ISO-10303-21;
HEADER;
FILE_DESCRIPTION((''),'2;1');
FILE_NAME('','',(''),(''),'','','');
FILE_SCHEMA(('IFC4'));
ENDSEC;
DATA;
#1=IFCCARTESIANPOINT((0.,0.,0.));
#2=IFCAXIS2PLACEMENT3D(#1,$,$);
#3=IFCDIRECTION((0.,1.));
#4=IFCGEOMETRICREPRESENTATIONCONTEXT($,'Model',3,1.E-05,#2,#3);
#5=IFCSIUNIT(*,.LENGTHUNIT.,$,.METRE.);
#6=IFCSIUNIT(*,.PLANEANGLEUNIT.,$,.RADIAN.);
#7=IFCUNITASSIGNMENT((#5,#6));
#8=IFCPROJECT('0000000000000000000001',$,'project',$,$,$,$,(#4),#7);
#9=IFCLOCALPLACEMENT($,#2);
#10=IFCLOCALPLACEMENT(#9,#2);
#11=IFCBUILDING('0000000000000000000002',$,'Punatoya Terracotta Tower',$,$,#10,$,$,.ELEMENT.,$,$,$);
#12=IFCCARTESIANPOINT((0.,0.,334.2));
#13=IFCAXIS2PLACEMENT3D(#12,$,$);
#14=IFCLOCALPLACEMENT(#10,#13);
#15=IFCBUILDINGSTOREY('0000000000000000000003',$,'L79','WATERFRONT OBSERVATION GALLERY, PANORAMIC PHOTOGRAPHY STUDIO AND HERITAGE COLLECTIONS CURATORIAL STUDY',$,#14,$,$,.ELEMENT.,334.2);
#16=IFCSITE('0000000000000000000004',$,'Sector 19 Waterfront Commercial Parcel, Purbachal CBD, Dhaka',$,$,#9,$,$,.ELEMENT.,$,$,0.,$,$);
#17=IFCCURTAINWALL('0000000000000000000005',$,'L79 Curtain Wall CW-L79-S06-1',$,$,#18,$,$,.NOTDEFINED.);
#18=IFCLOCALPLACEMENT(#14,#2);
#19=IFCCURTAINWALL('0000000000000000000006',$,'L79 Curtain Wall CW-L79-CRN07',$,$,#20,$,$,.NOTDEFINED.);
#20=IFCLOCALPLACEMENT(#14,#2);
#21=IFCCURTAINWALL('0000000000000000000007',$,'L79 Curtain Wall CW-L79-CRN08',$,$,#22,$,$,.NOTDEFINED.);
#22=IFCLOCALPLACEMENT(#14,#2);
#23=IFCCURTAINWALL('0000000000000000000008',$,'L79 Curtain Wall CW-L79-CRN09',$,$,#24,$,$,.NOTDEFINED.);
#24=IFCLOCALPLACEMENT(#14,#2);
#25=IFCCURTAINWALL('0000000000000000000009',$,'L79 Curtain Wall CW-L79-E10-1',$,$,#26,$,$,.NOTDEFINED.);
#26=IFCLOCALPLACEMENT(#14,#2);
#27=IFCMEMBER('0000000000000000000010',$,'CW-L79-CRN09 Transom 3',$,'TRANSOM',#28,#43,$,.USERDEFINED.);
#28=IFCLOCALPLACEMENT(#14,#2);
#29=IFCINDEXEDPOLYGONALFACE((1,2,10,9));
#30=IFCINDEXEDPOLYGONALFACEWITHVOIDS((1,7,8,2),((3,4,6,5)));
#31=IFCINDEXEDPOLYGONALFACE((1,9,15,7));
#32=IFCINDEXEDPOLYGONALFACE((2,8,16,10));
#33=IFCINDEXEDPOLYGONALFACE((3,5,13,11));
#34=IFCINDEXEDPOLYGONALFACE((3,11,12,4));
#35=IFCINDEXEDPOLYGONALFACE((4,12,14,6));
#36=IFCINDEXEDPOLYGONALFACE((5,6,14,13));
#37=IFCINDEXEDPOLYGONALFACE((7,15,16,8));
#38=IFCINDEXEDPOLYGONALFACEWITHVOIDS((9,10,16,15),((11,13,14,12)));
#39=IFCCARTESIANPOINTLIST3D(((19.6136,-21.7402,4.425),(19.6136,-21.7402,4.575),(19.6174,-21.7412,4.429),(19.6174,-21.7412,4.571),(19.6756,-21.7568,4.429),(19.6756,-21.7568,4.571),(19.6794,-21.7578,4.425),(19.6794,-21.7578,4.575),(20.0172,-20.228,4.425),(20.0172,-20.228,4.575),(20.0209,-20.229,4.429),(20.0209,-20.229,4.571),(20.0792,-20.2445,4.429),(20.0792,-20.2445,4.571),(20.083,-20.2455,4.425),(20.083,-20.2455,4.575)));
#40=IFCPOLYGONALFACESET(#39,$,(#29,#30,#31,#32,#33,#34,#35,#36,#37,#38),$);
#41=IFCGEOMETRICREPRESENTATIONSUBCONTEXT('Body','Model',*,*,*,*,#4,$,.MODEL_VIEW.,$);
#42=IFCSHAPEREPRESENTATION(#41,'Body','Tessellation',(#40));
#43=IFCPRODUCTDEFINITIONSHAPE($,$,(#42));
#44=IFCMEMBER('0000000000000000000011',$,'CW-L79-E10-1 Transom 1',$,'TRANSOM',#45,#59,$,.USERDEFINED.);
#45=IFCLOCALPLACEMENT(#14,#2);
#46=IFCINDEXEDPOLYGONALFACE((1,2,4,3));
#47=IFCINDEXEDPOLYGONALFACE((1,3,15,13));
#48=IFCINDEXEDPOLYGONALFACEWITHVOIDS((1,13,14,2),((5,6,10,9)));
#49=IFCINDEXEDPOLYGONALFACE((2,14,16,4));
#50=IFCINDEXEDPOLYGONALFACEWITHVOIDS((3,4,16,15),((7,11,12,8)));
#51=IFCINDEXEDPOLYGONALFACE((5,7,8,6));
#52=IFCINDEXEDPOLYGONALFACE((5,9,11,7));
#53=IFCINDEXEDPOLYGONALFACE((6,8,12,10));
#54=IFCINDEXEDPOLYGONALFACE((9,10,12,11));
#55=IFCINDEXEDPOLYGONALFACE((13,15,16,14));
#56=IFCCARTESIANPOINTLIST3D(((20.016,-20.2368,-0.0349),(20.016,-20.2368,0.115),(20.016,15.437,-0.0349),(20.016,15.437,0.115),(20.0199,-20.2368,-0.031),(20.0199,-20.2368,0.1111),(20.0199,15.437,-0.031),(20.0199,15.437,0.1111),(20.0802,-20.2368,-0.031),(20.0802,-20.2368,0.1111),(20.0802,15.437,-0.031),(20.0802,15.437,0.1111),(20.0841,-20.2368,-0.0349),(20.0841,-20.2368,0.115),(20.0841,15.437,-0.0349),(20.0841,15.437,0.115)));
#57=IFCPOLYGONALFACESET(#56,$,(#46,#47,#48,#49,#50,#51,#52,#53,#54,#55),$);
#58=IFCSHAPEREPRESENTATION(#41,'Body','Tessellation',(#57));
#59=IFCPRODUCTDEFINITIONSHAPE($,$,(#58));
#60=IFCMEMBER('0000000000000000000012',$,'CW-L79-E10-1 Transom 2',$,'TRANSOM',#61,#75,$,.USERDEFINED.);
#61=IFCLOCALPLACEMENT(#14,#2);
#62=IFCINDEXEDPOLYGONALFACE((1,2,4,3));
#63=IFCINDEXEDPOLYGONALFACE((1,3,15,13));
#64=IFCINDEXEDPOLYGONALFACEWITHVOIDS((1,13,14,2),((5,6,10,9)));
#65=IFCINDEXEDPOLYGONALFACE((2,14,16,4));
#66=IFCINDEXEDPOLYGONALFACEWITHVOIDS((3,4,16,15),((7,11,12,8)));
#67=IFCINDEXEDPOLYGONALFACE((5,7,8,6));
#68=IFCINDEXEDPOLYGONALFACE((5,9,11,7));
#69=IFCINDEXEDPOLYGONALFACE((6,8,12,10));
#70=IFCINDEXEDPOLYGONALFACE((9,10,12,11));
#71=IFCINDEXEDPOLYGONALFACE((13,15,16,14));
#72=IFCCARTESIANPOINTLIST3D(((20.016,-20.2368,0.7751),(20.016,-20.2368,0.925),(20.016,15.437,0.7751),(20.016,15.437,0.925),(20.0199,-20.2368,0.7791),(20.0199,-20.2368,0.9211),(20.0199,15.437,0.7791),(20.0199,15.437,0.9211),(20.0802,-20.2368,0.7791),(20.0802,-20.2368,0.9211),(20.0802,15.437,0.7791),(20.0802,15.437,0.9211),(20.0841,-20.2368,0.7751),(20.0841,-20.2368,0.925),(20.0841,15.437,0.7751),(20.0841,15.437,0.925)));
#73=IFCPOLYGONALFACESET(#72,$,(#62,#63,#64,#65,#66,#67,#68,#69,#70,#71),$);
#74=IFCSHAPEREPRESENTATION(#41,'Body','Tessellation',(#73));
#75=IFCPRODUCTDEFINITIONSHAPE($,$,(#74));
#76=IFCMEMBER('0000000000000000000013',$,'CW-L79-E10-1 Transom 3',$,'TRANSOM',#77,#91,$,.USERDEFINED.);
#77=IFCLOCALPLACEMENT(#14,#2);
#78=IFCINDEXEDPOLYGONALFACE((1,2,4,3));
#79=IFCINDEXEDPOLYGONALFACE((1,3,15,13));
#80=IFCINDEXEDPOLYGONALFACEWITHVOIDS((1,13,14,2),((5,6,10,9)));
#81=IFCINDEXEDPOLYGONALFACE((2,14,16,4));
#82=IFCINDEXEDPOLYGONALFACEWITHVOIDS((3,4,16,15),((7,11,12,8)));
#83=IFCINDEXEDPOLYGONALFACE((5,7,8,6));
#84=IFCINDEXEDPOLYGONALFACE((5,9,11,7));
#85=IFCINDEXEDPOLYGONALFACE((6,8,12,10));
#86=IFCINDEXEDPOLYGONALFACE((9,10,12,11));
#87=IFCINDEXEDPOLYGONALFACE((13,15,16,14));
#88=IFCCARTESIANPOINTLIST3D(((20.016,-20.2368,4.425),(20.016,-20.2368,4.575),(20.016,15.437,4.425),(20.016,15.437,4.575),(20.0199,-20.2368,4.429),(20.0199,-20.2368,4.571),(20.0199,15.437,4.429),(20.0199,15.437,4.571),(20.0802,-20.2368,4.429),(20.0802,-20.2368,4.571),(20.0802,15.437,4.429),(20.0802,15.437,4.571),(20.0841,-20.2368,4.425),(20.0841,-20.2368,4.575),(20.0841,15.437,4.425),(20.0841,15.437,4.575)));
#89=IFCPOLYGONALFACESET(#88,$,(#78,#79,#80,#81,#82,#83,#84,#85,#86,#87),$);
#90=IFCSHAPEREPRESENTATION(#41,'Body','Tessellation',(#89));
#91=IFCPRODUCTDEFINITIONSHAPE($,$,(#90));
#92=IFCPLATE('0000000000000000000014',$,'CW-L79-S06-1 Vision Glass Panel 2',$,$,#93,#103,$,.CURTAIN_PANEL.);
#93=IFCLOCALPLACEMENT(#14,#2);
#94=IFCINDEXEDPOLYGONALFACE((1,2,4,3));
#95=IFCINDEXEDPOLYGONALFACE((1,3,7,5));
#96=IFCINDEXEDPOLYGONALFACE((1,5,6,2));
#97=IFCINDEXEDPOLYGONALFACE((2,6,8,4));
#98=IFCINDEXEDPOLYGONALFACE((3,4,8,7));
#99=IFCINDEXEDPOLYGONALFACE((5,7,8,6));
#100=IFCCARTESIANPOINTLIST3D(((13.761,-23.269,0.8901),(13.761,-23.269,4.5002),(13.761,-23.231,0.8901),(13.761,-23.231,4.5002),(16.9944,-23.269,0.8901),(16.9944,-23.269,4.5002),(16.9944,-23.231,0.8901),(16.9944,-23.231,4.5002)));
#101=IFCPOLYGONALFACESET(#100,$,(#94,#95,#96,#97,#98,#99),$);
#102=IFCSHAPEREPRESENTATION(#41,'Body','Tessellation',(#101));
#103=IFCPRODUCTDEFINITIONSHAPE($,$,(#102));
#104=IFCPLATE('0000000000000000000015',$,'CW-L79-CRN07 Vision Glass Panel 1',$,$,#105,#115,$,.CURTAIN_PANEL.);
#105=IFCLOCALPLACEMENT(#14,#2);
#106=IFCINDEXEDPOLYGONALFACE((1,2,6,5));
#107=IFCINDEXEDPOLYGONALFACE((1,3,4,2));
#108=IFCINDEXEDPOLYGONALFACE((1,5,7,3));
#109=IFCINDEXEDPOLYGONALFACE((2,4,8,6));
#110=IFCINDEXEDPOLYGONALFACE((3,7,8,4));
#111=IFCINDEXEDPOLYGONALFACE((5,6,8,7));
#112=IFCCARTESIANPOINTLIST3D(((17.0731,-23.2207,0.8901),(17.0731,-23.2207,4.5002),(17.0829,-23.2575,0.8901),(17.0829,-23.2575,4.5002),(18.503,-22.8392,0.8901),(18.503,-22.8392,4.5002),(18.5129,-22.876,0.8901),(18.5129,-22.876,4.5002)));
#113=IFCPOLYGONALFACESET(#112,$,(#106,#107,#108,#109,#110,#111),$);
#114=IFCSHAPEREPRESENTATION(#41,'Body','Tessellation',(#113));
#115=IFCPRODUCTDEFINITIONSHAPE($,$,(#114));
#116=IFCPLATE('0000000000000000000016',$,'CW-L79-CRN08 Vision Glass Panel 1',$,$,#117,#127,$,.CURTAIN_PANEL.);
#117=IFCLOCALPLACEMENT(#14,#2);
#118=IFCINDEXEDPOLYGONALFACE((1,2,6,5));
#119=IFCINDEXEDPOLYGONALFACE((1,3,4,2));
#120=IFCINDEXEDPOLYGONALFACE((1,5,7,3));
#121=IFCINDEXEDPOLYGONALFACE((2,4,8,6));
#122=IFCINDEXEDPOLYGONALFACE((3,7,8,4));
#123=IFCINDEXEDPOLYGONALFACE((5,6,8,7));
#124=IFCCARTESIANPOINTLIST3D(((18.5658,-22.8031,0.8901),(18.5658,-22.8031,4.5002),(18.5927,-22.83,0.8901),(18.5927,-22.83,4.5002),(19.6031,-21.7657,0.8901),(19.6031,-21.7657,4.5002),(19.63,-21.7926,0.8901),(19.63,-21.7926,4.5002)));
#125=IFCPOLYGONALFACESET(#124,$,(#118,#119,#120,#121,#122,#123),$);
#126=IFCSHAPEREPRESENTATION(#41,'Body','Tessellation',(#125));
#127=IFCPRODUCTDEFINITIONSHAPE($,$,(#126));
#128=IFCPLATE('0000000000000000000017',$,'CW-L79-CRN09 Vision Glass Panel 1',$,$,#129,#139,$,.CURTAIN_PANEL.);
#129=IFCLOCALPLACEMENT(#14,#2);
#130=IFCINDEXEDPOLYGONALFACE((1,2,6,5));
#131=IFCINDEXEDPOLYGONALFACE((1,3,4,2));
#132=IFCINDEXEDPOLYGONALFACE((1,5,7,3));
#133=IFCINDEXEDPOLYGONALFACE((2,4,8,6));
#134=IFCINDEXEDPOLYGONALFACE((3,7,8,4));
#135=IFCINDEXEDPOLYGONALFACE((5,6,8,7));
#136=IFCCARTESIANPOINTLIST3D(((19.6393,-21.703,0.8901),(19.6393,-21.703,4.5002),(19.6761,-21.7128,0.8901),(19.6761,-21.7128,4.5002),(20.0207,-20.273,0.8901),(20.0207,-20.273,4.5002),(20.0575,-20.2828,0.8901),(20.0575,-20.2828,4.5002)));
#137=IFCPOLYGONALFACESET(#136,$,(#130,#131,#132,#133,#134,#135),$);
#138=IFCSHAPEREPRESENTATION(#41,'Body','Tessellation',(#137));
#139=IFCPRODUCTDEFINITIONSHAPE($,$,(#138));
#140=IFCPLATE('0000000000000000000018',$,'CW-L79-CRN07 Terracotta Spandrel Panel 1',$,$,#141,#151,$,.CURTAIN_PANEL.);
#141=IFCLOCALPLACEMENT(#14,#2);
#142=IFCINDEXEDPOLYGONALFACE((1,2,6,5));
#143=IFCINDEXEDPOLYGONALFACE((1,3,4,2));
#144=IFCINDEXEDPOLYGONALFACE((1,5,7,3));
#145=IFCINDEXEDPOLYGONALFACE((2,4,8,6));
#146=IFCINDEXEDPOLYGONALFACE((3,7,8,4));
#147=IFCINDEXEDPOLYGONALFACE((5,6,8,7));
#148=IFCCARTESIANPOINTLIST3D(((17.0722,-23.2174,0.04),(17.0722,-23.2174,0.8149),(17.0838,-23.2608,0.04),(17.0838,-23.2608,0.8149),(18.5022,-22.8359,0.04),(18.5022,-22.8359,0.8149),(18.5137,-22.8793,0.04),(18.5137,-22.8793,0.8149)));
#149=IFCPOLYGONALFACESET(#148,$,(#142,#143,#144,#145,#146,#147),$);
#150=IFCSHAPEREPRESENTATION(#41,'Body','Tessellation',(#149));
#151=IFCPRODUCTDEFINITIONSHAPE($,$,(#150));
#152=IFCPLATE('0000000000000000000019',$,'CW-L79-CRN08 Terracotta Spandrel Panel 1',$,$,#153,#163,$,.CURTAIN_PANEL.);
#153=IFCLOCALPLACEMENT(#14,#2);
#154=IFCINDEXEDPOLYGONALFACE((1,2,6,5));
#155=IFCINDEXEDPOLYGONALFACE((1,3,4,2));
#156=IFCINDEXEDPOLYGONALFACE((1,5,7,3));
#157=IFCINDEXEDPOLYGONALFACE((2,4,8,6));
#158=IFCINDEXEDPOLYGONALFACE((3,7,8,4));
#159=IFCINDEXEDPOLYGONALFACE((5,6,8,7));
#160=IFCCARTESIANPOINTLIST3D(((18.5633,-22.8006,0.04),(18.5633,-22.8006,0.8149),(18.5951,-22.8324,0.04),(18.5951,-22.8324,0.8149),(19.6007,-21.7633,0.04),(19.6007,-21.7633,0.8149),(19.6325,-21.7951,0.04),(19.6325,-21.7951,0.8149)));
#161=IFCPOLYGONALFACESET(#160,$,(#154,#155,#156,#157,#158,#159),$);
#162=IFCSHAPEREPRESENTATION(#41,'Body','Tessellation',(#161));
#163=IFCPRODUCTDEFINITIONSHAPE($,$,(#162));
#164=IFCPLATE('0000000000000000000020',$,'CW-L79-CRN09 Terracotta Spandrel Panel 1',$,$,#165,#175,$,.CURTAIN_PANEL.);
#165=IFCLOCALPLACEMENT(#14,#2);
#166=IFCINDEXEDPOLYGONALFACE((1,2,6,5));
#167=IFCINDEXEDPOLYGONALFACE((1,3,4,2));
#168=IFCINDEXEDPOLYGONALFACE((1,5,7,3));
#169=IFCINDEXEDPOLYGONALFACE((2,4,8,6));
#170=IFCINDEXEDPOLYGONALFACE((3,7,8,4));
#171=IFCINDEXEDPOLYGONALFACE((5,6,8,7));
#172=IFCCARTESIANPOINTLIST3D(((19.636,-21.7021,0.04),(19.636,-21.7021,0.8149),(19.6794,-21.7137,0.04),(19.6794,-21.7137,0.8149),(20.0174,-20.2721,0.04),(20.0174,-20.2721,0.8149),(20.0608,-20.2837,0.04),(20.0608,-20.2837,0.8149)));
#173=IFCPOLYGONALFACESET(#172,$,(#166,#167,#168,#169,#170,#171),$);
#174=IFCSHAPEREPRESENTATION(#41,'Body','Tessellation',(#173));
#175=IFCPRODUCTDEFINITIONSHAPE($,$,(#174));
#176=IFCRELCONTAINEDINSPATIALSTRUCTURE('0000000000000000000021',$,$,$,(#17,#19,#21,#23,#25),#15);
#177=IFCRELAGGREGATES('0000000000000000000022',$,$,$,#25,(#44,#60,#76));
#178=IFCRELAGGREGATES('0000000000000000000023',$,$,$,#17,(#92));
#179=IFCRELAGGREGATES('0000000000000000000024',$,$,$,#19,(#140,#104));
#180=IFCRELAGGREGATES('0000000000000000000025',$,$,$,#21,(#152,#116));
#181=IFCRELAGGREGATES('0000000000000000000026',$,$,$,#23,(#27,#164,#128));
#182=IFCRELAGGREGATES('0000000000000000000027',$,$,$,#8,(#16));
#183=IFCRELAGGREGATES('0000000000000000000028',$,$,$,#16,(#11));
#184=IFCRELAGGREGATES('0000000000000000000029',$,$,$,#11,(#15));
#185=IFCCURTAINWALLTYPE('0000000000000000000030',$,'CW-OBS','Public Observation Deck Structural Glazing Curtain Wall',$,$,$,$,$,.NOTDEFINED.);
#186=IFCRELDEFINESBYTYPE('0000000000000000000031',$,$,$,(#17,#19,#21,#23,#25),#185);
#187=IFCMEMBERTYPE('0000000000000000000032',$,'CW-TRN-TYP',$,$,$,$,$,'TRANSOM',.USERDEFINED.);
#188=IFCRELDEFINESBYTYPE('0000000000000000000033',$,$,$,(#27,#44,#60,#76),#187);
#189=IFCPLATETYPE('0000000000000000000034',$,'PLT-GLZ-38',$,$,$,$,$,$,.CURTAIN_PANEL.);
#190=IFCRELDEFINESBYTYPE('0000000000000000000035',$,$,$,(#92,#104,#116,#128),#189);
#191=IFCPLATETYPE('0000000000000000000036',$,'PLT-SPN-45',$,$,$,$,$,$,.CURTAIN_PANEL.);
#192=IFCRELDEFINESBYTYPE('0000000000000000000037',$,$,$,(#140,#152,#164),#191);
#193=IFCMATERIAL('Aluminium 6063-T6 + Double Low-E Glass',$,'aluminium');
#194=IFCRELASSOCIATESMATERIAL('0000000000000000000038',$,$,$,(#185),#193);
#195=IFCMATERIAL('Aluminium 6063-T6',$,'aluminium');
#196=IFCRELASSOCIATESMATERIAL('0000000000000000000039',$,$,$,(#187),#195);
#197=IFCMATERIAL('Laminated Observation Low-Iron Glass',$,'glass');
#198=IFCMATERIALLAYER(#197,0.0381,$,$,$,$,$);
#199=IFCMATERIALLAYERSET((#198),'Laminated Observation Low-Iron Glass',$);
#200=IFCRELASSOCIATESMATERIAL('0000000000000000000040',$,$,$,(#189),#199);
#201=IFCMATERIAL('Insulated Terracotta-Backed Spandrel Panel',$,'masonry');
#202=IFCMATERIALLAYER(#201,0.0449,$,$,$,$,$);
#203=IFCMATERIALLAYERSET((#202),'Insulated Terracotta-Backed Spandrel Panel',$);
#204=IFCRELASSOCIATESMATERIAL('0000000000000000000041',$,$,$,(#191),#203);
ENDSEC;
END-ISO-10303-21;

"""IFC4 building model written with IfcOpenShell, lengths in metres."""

from ifc_helpers import new_model, si_unit, direction, frame, origin, origin_2d, place, context, subcontext, project, spatial, rectangle, hollow_rectangle, extrude, material, layer, layer_set, material_profile, profile_set, type_object, element, aggregate, save


model = new_model("IFC4")

# Units and contexts
model_context = context("Model", 3, precision=1e-05, world=origin(), true_north=direction((0.0, 1.0)))
body_context = subcontext(model_context, "Body", "Model", "MODEL_VIEW")
ifc_project = project(units=[si_unit("LENGTHUNIT", "METRE"), si_unit("PLANEANGLEUNIT", "RADIAN")], contexts=[model_context])

# Site, building, storey
site_placement = place(None, origin())
site = spatial("IfcSite", under=ifc_project, at=site_placement, Name="Sector 19 Waterfront Commercial Parcel, Purbachal CBD, Dhaka", CompositionType="ELEMENT", RefElevation=0.0)
building_placement = place(site_placement, origin())
building = spatial("IfcBuilding", under=site, at=building_placement, Name="Punatoya Terracotta Tower", CompositionType="ELEMENT")
storey_placement = place(building_placement, frame((0.0, 0.0, 334.2)))
storey = spatial("IfcBuildingStorey", under=building, at=storey_placement, Name="L79", Description="WATERFRONT OBSERVATION GALLERY, PANORAMIC PHOTOGRAPHY STUDIO AND HERITAGE COLLECTIONS CURATORIAL STUDY", CompositionType="ELEMENT", Elevation=334.2)

# Curtain wall
ifc_material_1 = material(Name="Aluminium 6063-T6 + Double Low-E Glass", Category="aluminium")
curtain_wall_type = type_object("IfcCurtainWallType", Name="CW-OBS", Description="Public Observation Deck Structural Glazing Curtain Wall", PredefinedType="NOTDEFINED", material=ifc_material_1)
curtain_wall_1_placement = place(storey_placement, origin())
curtain_wall_1 = element("IfcCurtainWall", 1, at=curtain_wall_1_placement, inside=storey, type_object=curtain_wall_type, Name="L79 Curtain Wall CW-L79-S06-1", PredefinedType="NOTDEFINED")
ifc_material_2 = material(Name="Aluminium 6063-T6", Category="aluminium")

# Curtain walls
curtain_wall_2_placement = place(storey_placement, origin())
curtain_wall_2 = element("IfcCurtainWall", 2, at=curtain_wall_2_placement, inside=storey, type_object=curtain_wall_type, Name="L79 Curtain Wall CW-L79-CRN07", PredefinedType="NOTDEFINED")
curtain_wall_3_placement = place(storey_placement, origin())
curtain_wall_3 = element("IfcCurtainWall", 3, at=curtain_wall_3_placement, inside=storey, type_object=curtain_wall_type, Name="L79 Curtain Wall CW-L79-CRN08", PredefinedType="NOTDEFINED")
curtain_wall_4_placement = place(storey_placement, origin())
curtain_wall_4 = element("IfcCurtainWall", 4, at=curtain_wall_4_placement, inside=storey, type_object=curtain_wall_type, Name="L79 Curtain Wall CW-L79-CRN09", PredefinedType="NOTDEFINED")

# Curtain wall
curtain_wall_5_placement = place(storey_placement, origin())
curtain_wall_5 = element("IfcCurtainWall", 5, at=curtain_wall_5_placement, inside=storey, type_object=curtain_wall_type, Name="L79 Curtain Wall CW-L79-E10-1", PredefinedType="NOTDEFINED")

# Members
ifc_material_profile_1 = material_profile(ifc_material_2, hollow_rectangle(XDim=0.0681, YDim=0.1499, WallThickness=0.0039, at=origin_2d()))
ifc_profile_set_1 = profile_set([ifc_material_profile_1], Name="Aluminium 6063-T6")
member_type_1 = type_object("IfcMemberType", Name="CW-TRN-TYP", ElementType="TRANSOM", PredefinedType="USERDEFINED", material=ifc_profile_set_1)
member_1_placement = place(storey_placement, frame((19.6465, -21.749, 4.5), z_axis=(0.257847, 0.966186, 0.0), x_axis=(-0.966186, 0.257847, 0.0)))
member_1 = element("IfcMember", 6, at=member_1_placement, type_object=member_type_1, Name="CW-L79-CRN09 Transom 3", ObjectType="TRANSOM", PredefinedType="USERDEFINED", context=body_context, shape_type="SweptSolid", body=[
    extrude(hollow_rectangle(XDim=0.0681, YDim=0.1499, WallThickness=0.0039, at=origin_2d()), origin(), (0.0, 0.0, 1.0), 1.5652),
])
member_2_placement = place(storey_placement, frame((20.05, -20.2368, 0.04), z_axis=(0.0, 1.0, 0.0), x_axis=(-1.0, 0.0, 0.0)))
member_2 = element("IfcMember", 7, at=member_2_placement, type_object=member_type_1, Name="CW-L79-E10-1 Transom 1", ObjectType="TRANSOM", PredefinedType="USERDEFINED", context=body_context, shape_type="SweptSolid", body=[
    extrude(hollow_rectangle(XDim=0.0681, YDim=0.1499, WallThickness=0.0039, at=origin_2d()), origin(), (0.0, 0.0, 1.0), 35.6738),
])
member_3_placement = place(storey_placement, frame((20.05, -20.2368, 0.8501), z_axis=(0.0, 1.0, 0.0), x_axis=(-1.0, 0.0, 0.0)))
member_3 = element("IfcMember", 8, at=member_3_placement, type_object=member_type_1, Name="CW-L79-E10-1 Transom 2", ObjectType="TRANSOM", PredefinedType="USERDEFINED", context=body_context, shape_type="SweptSolid", body=[
    extrude(hollow_rectangle(XDim=0.0681, YDim=0.1499, WallThickness=0.0039, at=origin_2d()), origin(), (0.0, 0.0, 1.0), 35.6738),
])
member_4_placement = place(storey_placement, frame((20.05, -20.2368, 4.5), z_axis=(0.0, 1.0, 0.0), x_axis=(-1.0, 0.0, 0.0)))
member_4 = element("IfcMember", 9, at=member_4_placement, type_object=member_type_1, Name="CW-L79-E10-1 Transom 3", ObjectType="TRANSOM", PredefinedType="USERDEFINED", context=body_context, shape_type="SweptSolid", body=[
    extrude(hollow_rectangle(XDim=0.0681, YDim=0.1499, WallThickness=0.0039, at=origin_2d()), origin(), (0.0, 0.0, 1.0), 35.6738),
])
aggregate(curtain_wall_5, [member_2, member_3, member_4])

# Plates
ifc_material_3 = material(Name="Laminated Observation Low-Iron Glass", Category="glass")
ifc_layer_1 = layer(ifc_material_3, 0.0381)
ifc_layer_set_1 = layer_set([ifc_layer_1], Name="Laminated Observation Low-Iron Glass")
plate_type_1 = type_object("IfcPlateType", Name="PLT-GLZ-38", PredefinedType="CURTAIN_PANEL", material=ifc_layer_set_1)
plate_1_placement = place(storey_placement, frame((15.3777, -23.25, 0.8901), z_axis=(0.0, 0.0, 1.0), x_axis=(1.0, 0.0, 0.0)))
plate_1 = element("IfcPlate", 10, at=plate_1_placement, type_object=plate_type_1, Name="CW-L79-S06-1 Vision Glass Panel 2", PredefinedType="CURTAIN_PANEL", context=body_context, shape_type="SweptSolid", body=[
    extrude(rectangle(XDim=3.2334, YDim=0.0381, at=origin_2d()), origin(), (0.0, 0.0, 1.0), 3.6101),
])
aggregate(curtain_wall_1, [plate_1])
plate_2_placement = place(storey_placement, frame((17.793, -23.0483, 0.8901), z_axis=(0.0, 0.0, 1.0), x_axis=(0.966214, 0.257742, 0.0)))
plate_2 = element("IfcPlate", 11, at=plate_2_placement, type_object=plate_type_1, Name="CW-L79-CRN07 Vision Glass Panel 1", PredefinedType="CURTAIN_PANEL", context=body_context, shape_type="SweptSolid", body=[
    extrude(rectangle(XDim=1.48, YDim=0.0381, at=origin_2d()), origin(), (0.0, 0.0, 1.0), 3.6101),
])
plate_3_placement = place(storey_placement, frame((19.0979, -22.2979, 0.8901), z_axis=(0.0, 0.0, 1.0), x_axis=(0.707107, 0.707107, 0.0)))
plate_3 = element("IfcPlate", 12, at=plate_3_placement, type_object=plate_type_1, Name="CW-L79-CRN08 Vision Glass Panel 1", PredefinedType="CURTAIN_PANEL", context=body_context, shape_type="SweptSolid", body=[
    extrude(rectangle(XDim=1.467, YDim=0.0381, at=origin_2d()), origin(), (0.0, 0.0, 1.0), 3.6101),
])
plate_4_placement = place(storey_placement, frame((19.8484, -20.9929, 0.8901), z_axis=(0.0, 0.0, 1.0), x_axis=(0.257742, 0.966214, 0.0)))
plate_4 = element("IfcPlate", 13, at=plate_4_placement, type_object=plate_type_1, Name="CW-L79-CRN09 Vision Glass Panel 1", PredefinedType="CURTAIN_PANEL", context=body_context, shape_type="SweptSolid", body=[
    extrude(rectangle(XDim=1.48, YDim=0.0381, at=origin_2d()), origin(), (0.0, 0.0, 1.0), 3.6101),
])
ifc_material_4 = material(Name="Insulated Terracotta-Backed Spandrel Panel", Category="masonry")
ifc_layer_2 = layer(ifc_material_4, 0.0449)
ifc_layer_set_2 = layer_set([ifc_layer_2], Name="Insulated Terracotta-Backed Spandrel Panel")
plate_type_2 = type_object("IfcPlateType", Name="PLT-SPN-45", PredefinedType="CURTAIN_PANEL", material=ifc_layer_set_2)
plate_5_placement = place(storey_placement, frame((17.793, -23.0483, 0.04), z_axis=(0.0, 0.0, 1.0), x_axis=(0.966214, 0.257742, 0.0)))
plate_5 = element("IfcPlate", 14, at=plate_5_placement, type_object=plate_type_2, Name="CW-L79-CRN07 Terracotta Spandrel Panel 1", PredefinedType="CURTAIN_PANEL", context=body_context, shape_type="SweptSolid", body=[
    extrude(rectangle(XDim=1.48, YDim=0.0449, at=origin_2d()), origin(), (0.0, 0.0, 1.0), 0.7749),
])
aggregate(curtain_wall_2, [plate_5, plate_2])
plate_6_placement = place(storey_placement, frame((19.0979, -22.2979, 0.04), z_axis=(0.0, 0.0, 1.0), x_axis=(0.707107, 0.707107, 0.0)))
plate_6 = element("IfcPlate", 15, at=plate_6_placement, type_object=plate_type_2, Name="CW-L79-CRN08 Terracotta Spandrel Panel 1", PredefinedType="CURTAIN_PANEL", context=body_context, shape_type="SweptSolid", body=[
    extrude(rectangle(XDim=1.467, YDim=0.0449, at=origin_2d()), origin(), (0.0, 0.0, 1.0), 0.7749),
])
aggregate(curtain_wall_3, [plate_6, plate_3])
plate_7_placement = place(storey_placement, frame((19.8484, -20.9929, 0.04), z_axis=(0.0, 0.0, 1.0), x_axis=(0.257742, 0.966214, 0.0)))
plate_7 = element("IfcPlate", 16, at=plate_7_placement, type_object=plate_type_2, Name="CW-L79-CRN09 Terracotta Spandrel Panel 1", PredefinedType="CURTAIN_PANEL", context=body_context, shape_type="SweptSolid", body=[
    extrude(rectangle(XDim=1.48, YDim=0.0449, at=origin_2d()), origin(), (0.0, 0.0, 1.0), 0.7749),
])
aggregate(curtain_wall_4, [member_1, plate_7, plate_4])

save(model, "model.ifc")
